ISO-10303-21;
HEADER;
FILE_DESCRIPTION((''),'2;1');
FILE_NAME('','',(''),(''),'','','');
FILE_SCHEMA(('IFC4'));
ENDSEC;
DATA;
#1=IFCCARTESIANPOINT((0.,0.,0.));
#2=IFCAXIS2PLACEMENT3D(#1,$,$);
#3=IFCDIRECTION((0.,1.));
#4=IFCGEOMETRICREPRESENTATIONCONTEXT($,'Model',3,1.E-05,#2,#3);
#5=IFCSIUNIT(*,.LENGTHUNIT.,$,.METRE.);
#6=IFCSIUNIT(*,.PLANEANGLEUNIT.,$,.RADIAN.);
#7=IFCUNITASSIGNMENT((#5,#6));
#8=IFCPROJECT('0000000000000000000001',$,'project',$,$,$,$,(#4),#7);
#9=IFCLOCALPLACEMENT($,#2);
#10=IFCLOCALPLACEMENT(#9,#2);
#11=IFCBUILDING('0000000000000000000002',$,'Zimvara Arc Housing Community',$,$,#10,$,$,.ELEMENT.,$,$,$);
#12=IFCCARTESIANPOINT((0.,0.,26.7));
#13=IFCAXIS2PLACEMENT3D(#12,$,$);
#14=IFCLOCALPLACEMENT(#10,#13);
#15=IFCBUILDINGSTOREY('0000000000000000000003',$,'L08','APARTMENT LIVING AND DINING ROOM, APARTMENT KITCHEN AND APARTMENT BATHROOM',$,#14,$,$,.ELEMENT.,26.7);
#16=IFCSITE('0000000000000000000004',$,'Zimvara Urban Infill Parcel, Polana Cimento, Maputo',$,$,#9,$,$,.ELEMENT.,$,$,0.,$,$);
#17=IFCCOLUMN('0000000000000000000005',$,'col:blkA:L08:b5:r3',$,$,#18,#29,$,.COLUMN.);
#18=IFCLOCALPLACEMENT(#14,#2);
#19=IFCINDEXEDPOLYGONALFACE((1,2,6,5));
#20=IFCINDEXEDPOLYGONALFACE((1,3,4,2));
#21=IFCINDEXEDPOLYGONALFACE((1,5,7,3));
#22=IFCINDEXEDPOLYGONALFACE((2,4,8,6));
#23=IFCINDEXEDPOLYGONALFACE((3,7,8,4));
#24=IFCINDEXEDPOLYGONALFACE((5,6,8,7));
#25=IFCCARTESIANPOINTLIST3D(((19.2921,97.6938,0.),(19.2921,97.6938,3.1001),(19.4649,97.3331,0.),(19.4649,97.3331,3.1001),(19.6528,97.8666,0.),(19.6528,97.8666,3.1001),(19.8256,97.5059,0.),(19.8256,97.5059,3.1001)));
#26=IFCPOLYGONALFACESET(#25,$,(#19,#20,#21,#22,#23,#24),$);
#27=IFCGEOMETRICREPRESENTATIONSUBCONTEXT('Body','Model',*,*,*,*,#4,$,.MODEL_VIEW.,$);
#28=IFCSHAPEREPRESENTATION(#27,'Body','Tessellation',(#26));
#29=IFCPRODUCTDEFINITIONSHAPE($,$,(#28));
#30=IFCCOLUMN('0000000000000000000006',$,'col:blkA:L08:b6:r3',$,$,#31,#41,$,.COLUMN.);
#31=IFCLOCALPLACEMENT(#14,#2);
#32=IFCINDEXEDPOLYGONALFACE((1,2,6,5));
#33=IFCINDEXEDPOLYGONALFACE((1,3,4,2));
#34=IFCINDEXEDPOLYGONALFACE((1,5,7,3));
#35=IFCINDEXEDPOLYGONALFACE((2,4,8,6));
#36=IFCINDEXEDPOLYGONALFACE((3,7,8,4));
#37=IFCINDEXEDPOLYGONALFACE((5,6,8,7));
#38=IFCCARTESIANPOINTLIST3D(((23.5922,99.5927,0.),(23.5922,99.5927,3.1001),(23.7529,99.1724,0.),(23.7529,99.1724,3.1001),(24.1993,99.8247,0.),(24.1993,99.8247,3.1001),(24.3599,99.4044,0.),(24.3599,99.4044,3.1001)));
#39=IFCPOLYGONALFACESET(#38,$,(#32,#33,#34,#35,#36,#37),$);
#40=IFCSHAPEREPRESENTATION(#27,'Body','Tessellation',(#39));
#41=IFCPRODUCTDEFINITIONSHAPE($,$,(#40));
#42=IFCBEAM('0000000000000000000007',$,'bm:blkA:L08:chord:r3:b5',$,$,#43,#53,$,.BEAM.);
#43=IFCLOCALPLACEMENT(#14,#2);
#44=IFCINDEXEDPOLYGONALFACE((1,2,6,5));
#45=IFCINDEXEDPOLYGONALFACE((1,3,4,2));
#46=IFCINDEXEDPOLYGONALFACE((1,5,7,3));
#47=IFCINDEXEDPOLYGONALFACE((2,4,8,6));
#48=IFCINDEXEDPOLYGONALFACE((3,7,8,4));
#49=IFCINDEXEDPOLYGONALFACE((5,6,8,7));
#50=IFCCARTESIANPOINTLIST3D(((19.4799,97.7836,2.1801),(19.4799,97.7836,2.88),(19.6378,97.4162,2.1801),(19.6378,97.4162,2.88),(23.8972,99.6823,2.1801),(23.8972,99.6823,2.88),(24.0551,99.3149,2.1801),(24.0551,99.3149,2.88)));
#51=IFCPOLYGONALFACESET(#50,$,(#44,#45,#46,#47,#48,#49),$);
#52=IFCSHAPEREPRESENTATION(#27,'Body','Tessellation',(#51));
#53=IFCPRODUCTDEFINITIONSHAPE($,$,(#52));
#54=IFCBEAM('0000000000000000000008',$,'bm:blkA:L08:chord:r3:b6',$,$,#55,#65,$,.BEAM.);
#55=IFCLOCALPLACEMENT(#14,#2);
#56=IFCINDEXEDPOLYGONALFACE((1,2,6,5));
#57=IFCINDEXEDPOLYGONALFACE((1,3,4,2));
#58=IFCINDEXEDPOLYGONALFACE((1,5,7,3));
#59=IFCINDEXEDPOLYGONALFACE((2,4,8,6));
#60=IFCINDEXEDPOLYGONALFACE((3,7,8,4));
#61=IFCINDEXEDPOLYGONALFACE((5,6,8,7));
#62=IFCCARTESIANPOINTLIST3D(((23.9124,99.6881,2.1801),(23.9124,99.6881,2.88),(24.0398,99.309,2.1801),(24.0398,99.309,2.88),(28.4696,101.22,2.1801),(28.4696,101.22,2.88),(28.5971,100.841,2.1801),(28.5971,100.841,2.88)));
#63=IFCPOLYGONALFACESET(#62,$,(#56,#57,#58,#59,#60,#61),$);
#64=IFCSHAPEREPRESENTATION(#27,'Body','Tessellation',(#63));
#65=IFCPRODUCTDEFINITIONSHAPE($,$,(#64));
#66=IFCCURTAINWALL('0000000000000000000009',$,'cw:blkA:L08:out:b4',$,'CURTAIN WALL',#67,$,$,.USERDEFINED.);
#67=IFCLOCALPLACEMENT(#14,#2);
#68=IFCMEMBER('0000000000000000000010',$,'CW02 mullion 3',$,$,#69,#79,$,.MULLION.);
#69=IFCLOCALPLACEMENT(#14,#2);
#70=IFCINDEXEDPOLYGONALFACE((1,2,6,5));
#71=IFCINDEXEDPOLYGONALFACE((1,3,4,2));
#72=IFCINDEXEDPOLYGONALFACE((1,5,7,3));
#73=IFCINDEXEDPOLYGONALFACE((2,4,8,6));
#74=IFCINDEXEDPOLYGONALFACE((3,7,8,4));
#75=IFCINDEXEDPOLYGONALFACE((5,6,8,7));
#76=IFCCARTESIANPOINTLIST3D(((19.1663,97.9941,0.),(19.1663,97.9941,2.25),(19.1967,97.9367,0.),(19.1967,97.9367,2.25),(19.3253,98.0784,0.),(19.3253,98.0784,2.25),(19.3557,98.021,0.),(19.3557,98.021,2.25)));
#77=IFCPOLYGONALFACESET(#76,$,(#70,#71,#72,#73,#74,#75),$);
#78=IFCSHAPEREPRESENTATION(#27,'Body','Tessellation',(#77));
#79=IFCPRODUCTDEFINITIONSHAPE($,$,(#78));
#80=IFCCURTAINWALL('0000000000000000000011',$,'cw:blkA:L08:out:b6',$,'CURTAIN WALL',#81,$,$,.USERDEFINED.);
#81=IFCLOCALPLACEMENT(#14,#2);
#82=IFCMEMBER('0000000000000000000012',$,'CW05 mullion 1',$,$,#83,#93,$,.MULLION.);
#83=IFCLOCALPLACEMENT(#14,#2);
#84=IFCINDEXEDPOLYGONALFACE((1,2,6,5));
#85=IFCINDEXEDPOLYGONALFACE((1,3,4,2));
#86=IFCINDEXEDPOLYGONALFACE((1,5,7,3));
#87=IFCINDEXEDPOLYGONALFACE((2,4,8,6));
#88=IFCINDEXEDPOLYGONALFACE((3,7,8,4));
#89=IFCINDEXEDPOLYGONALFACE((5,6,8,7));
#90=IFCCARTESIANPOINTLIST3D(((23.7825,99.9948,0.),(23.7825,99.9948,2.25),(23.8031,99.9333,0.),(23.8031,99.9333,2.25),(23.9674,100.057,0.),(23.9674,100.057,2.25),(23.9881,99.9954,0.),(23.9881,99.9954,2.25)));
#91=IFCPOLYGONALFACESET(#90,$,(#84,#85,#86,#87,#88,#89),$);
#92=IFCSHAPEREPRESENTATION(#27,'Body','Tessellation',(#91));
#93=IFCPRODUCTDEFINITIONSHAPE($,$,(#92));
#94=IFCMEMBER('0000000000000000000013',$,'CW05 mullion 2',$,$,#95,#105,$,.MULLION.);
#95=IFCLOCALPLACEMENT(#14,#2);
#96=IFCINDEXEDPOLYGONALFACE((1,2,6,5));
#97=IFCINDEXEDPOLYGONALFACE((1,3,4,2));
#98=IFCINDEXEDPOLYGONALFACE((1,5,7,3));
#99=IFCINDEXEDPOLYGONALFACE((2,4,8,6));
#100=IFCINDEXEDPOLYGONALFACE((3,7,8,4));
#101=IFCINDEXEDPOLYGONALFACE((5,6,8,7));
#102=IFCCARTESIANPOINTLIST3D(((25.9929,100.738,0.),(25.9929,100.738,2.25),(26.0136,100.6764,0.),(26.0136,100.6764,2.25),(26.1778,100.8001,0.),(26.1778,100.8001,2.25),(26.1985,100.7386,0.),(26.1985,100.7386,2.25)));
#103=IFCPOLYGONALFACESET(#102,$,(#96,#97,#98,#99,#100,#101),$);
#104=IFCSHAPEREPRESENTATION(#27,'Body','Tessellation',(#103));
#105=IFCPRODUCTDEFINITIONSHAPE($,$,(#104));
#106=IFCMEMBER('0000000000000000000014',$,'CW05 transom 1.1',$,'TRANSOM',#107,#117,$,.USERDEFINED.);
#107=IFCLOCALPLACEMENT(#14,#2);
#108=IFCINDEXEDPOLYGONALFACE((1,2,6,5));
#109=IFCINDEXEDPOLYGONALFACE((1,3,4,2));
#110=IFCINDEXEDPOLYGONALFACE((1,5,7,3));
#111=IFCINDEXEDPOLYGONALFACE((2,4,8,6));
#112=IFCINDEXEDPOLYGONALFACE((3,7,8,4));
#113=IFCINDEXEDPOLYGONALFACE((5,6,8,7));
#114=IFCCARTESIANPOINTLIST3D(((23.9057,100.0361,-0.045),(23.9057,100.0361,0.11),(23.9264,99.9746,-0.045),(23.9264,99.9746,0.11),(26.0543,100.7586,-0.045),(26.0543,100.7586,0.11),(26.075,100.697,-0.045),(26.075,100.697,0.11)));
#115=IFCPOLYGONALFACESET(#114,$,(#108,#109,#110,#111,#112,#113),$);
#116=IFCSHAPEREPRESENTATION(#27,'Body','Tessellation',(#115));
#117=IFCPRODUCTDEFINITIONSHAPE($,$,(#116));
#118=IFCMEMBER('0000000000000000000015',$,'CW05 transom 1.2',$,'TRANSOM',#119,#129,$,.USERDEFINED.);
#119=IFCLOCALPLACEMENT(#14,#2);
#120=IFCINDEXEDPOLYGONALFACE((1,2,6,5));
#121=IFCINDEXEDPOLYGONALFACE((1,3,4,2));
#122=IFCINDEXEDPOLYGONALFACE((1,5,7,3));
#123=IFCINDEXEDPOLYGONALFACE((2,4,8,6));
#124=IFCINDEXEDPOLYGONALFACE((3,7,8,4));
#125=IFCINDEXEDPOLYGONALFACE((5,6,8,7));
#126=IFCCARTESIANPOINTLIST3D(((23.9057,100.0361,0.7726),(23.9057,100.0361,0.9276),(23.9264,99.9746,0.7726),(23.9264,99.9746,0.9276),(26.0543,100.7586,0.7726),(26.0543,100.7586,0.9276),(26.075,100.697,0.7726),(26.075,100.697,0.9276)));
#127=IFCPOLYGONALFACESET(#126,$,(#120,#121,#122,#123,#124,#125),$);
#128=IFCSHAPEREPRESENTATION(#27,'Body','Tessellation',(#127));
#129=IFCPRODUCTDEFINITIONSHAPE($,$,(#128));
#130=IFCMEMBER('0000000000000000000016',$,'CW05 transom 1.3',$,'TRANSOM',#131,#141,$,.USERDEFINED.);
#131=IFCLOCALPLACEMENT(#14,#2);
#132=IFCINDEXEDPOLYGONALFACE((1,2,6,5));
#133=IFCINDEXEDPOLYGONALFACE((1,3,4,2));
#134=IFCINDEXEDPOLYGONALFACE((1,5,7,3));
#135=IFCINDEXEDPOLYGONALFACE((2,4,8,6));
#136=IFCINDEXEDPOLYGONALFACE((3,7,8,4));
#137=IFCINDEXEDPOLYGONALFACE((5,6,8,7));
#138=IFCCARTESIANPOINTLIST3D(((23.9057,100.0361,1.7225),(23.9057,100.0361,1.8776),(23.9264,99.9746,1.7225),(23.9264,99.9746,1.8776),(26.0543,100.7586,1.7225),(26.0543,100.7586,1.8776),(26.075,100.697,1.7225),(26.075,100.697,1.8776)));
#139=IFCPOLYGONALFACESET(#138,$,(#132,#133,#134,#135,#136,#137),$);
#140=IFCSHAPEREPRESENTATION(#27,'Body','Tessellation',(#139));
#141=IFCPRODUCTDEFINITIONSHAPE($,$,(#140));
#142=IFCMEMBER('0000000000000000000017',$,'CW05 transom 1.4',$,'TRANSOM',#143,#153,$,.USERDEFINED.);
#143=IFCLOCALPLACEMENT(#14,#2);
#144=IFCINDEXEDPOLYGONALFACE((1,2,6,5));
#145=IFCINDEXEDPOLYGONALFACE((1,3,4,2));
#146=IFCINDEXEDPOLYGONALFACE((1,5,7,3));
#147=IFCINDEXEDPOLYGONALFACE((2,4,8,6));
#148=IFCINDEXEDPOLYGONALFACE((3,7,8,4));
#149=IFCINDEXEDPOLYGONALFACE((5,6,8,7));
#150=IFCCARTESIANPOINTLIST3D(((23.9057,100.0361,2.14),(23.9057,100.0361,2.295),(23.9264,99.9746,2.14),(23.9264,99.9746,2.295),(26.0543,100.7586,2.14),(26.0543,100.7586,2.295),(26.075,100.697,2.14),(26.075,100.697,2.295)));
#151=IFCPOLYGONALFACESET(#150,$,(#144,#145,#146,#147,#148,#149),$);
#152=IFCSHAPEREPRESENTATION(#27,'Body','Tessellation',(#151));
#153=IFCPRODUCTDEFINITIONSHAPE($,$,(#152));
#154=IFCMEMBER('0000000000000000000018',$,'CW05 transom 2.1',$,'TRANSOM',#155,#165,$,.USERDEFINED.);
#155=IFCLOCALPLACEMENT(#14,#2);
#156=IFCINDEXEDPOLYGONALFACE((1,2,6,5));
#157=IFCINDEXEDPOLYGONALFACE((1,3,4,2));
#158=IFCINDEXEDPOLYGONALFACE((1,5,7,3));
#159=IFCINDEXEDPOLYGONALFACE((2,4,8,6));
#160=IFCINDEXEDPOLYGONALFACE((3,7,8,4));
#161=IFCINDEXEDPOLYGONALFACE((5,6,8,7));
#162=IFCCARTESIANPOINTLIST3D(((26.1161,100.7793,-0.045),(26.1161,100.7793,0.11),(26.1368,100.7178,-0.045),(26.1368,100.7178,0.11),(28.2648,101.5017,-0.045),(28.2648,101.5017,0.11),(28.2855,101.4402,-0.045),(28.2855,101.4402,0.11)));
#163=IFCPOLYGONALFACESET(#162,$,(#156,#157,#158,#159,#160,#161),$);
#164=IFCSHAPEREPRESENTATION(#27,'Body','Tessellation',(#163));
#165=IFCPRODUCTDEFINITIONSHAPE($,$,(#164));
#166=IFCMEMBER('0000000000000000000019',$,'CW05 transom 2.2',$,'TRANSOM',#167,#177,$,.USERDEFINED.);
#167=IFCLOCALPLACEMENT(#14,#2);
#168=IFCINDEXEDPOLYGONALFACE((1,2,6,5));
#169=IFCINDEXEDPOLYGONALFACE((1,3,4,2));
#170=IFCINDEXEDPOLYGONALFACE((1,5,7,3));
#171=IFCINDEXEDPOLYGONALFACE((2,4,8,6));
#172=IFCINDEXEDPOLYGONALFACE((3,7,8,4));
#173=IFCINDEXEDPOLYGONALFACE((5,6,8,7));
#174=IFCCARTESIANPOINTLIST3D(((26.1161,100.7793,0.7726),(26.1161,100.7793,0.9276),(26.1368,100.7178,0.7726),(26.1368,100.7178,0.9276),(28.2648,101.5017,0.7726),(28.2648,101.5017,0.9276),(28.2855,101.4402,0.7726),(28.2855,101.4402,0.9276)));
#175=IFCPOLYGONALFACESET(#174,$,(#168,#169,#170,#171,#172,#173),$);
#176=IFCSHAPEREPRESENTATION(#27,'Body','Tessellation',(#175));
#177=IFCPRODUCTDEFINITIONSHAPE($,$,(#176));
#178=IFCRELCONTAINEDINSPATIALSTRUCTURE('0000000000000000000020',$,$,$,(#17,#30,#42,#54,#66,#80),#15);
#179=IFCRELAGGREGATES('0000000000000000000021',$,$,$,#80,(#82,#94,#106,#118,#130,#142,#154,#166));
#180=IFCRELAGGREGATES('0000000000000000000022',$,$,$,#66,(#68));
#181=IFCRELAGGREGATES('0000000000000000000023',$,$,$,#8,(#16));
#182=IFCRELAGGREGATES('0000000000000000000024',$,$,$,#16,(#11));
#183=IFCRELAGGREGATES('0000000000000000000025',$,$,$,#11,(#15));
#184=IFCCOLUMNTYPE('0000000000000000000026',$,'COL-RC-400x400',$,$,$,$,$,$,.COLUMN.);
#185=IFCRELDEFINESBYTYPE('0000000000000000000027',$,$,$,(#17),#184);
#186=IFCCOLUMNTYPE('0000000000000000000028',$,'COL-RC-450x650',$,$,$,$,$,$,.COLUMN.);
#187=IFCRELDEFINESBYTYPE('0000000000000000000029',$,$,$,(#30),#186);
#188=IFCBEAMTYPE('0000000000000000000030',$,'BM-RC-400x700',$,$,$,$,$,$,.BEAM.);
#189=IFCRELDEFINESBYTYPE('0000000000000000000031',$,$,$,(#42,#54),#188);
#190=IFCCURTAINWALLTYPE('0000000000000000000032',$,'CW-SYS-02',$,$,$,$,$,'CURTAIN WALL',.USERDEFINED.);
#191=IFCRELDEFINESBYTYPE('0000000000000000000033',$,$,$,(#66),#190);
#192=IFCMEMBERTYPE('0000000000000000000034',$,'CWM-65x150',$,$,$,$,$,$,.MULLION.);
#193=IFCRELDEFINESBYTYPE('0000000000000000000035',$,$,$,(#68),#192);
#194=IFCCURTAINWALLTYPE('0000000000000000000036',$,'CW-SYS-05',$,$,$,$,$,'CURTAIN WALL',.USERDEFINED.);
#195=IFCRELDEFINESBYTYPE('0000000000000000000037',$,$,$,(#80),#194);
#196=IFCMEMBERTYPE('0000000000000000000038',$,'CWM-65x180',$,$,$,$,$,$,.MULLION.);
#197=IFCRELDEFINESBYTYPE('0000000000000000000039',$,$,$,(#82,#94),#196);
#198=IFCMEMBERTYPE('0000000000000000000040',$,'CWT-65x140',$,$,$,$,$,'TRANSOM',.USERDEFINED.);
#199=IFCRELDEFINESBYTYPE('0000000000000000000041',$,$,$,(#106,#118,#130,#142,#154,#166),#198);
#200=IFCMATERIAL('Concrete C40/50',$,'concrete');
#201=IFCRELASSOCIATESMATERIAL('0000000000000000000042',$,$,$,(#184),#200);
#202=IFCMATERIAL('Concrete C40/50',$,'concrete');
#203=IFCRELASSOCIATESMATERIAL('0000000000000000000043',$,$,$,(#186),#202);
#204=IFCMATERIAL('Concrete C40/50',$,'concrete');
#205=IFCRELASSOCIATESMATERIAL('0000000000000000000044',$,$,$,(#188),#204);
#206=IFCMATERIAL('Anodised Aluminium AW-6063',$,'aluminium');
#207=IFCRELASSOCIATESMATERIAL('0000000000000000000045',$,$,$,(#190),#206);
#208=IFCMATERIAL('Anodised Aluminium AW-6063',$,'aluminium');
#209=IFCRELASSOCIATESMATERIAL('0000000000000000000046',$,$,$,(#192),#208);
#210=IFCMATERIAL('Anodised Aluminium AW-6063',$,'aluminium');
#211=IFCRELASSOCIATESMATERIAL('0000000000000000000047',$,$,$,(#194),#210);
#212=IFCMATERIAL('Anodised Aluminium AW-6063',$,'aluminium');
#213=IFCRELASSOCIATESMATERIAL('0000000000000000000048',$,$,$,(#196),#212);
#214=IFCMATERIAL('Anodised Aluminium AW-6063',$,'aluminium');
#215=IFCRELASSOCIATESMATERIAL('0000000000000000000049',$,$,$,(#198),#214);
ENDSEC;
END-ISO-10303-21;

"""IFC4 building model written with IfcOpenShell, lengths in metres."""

from ifc_helpers import new_model, si_unit, direction, frame, origin, origin_2d, place, context, subcontext, project, spatial, rectangle, extrude, material, material_profile, profile_set, type_object, element, aggregate, save


model = new_model("IFC4")

# Units and contexts
model_context = context("Model", 3, precision=1e-05, world=origin(), true_north=direction((0.0, 1.0)))
body_context = subcontext(model_context, "Body", "Model", "MODEL_VIEW")
ifc_project = project(units=[si_unit("LENGTHUNIT", "METRE"), si_unit("PLANEANGLEUNIT", "RADIAN")], contexts=[model_context])

# Site, building, storey
site_placement = place(None, origin())
site = spatial("IfcSite", under=ifc_project, at=site_placement, Name="Zimvara Urban Infill Parcel, Polana Cimento, Maputo", CompositionType="ELEMENT", RefElevation=0.0)
building_placement = place(site_placement, origin())
building = spatial("IfcBuilding", under=site, at=building_placement, Name="Zimvara Arc Housing Community", CompositionType="ELEMENT")
storey_placement = place(building_placement, frame((0.0, 0.0, 26.7)))
storey = spatial("IfcBuildingStorey", under=building, at=storey_placement, Name="L08", Description="APARTMENT LIVING AND DINING ROOM, APARTMENT KITCHEN AND APARTMENT BATHROOM", CompositionType="ELEMENT", Elevation=26.7)

# Columns
ifc_material_1 = material(Name="Concrete C40/50", Category="concrete")
ifc_material_profile_1 = material_profile(ifc_material_1, rectangle(XDim=0.3999, YDim=0.3999, at=origin_2d()), Name="RC 400x400")
ifc_profile_set_1 = profile_set([ifc_material_profile_1], Name="Concrete C40/50")
column_type_1 = type_object("IfcColumnType", Name="COL-RC-400x400", PredefinedType="COLUMN", material=ifc_profile_set_1)
column_1_placement = place(storey_placement, frame((19.5588, 97.5999, 0.0), z_axis=(0.0, 0.0, 1.0), x_axis=(-0.432086, 0.901833, 0.0)))
element("IfcColumn", 1, at=column_1_placement, inside=storey, type_object=column_type_1, Name="col:blkA:L08:b5:r3", PredefinedType="COLUMN", context=body_context, shape_type="SweptSolid", body=[
    extrude(rectangle(XDim=0.3999, YDim=0.3999, at=origin_2d()), origin(), (0.0, 0.0, 1.0), 3.1001),
])
ifc_material_2 = material(Name="Concrete C40/50", Category="concrete")
ifc_material_profile_2 = material_profile(ifc_material_2, rectangle(XDim=0.45, YDim=0.6499, at=origin_2d()), Name="RC 450x650")
ifc_profile_set_2 = profile_set([ifc_material_profile_2], Name="Concrete C40/50")
column_type_2 = type_object("IfcColumnType", Name="COL-RC-450x650", PredefinedType="COLUMN", material=ifc_profile_set_2)
column_2_placement = place(storey_placement, frame((23.9761, 99.4985, 0.0), z_axis=(0.0, 0.0, 1.0), x_axis=(-0.357064, 0.93408, 0.0)))
element("IfcColumn", 2, at=column_2_placement, inside=storey, type_object=column_type_2, Name="col:blkA:L08:b6:r3", PredefinedType="COLUMN", context=body_context, shape_type="SweptSolid", body=[
    extrude(rectangle(XDim=0.45, YDim=0.6499, at=origin_2d()), origin(), (0.0, 0.0, 1.0), 3.1001),
])

# Beams
ifc_material_3 = material(Name="Concrete C40/50", Category="concrete")
ifc_material_profile_3 = material_profile(ifc_material_3, rectangle(XDim=0.3999, YDim=0.7, at=origin_2d()), Name="RC 400x700")
ifc_profile_set_3 = profile_set([ifc_material_profile_3], Name="Concrete C40/50")
beam_type = type_object("IfcBeamType", Name="BM-RC-400x700", PredefinedType="BEAM", material=ifc_profile_set_3)
beam_1_placement = place(storey_placement, frame((19.5588, 97.5999, 2.53), z_axis=(0.918724, 0.3949, 0.0), x_axis=(-0.3949, 0.918724, 0.0)))
element("IfcBeam", 3, at=beam_1_placement, inside=storey, type_object=beam_type, Name="bm:blkA:L08:chord:r3:b5", PredefinedType="BEAM", context=body_context, shape_type="SweptSolid", body=[
    extrude(rectangle(XDim=0.3999, YDim=0.7, at=origin_2d()), origin(), (0.0, 0.0, 1.0), 4.8081),
])
beam_2_placement = place(storey_placement, frame((23.9761, 99.4985, 2.53), z_axis=(0.947878, 0.318634, 0.0), x_axis=(-0.318634, 0.947878, 0.0)))
element("IfcBeam", 4, at=beam_2_placement, inside=storey, type_object=beam_type, Name="bm:blkA:L08:chord:r3:b6", PredefinedType="BEAM", context=body_context, shape_type="SweptSolid", body=[
    extrude(rectangle(XDim=0.3999, YDim=0.7, at=origin_2d()), origin(), (0.0, 0.0, 1.0), 4.8079),
])

# Curtain wall, member
ifc_material_4 = material(Name="Anodised Aluminium AW-6063", Category="aluminium")
curtain_wall_type_1 = type_object("IfcCurtainWallType", Name="CW-SYS-02", ElementType="CURTAIN WALL", PredefinedType="USERDEFINED", material=ifc_material_4)
curtain_wall_1_placement = place(storey_placement, origin())
curtain_wall_1 = element("IfcCurtainWall", 5, at=curtain_wall_1_placement, inside=storey, type_object=curtain_wall_type_1, Name="cw:blkA:L08:out:b4", ObjectType="CURTAIN WALL", PredefinedType="USERDEFINED")
ifc_material_5 = material(Name="Anodised Aluminium AW-6063", Category="aluminium")
ifc_material_profile_4 = material_profile(ifc_material_5, rectangle(XDim=0.0649, YDim=0.1799, at=origin_2d()), Name="ALU 65x180")
ifc_profile_set_4 = profile_set([ifc_material_profile_4], Name="Anodised Aluminium AW-6063")
member_type_1 = type_object("IfcMemberType", Name="CWM-65x150", PredefinedType="MULLION", material=ifc_profile_set_4)
member_1_placement = place(storey_placement, frame((19.261, 98.0076, 0.0), z_axis=(0.0, 0.0, 1.0), x_axis=(-0.468547, 0.883439, 0.0)))
member_1 = element("IfcMember", 6, at=member_1_placement, type_object=member_type_1, Name="CW02 mullion 3", PredefinedType="MULLION", context=body_context, shape_type="SweptSolid", body=[
    extrude(rectangle(XDim=0.0649, YDim=0.1799, at=origin_2d()), origin(), (0.0, 0.0, 1.0), 2.25),
])

# Curtain wall, members
ifc_material_6 = material(Name="Anodised Aluminium AW-6063", Category="aluminium")
curtain_wall_type_2 = type_object("IfcCurtainWallType", Name="CW-SYS-05", ElementType="CURTAIN WALL", PredefinedType="USERDEFINED", material=ifc_material_6)
curtain_wall_2_placement = place(storey_placement, origin())
curtain_wall_2 = element("IfcCurtainWall", 7, at=curtain_wall_2_placement, inside=storey, type_object=curtain_wall_type_2, Name="cw:blkA:L08:out:b6", ObjectType="CURTAIN WALL", PredefinedType="USERDEFINED")
ifc_material_7 = material(Name="Anodised Aluminium AW-6063", Category="aluminium")
ifc_material_profile_5 = material_profile(ifc_material_7, rectangle(XDim=0.0649, YDim=0.1951, at=origin_2d()), Name="ALU 65x195")
ifc_profile_set_5 = profile_set([ifc_material_profile_5], Name="Anodised Aluminium AW-6063")
member_type_2 = type_object("IfcMemberType", Name="CWM-65x180", PredefinedType="MULLION", material=ifc_profile_set_5)
member_2_placement = place(storey_placement, frame((23.8853, 99.9951, 0.0), z_axis=(0.0, 0.0, 1.0), x_axis=(-0.318629, 0.94788, 0.0)))
member_2 = element("IfcMember", 8, at=member_2_placement, type_object=member_type_2, Name="CW05 mullion 1", PredefinedType="MULLION", context=body_context, shape_type="SweptSolid", body=[
    extrude(rectangle(XDim=0.0649, YDim=0.1951, at=origin_2d()), origin(), (0.0, 0.0, 1.0), 2.25),
])
member_3_placement = place(storey_placement, frame((26.0957, 100.7383, 0.0), z_axis=(0.0, 0.0, 1.0), x_axis=(-0.318629, 0.94788, 0.0)))
member_3 = element("IfcMember", 9, at=member_3_placement, type_object=member_type_2, Name="CW05 mullion 2", PredefinedType="MULLION", context=body_context, shape_type="SweptSolid", body=[
    extrude(rectangle(XDim=0.0649, YDim=0.1951, at=origin_2d()), origin(), (0.0, 0.0, 1.0), 2.25),
])
ifc_material_8 = material(Name="Anodised Aluminium AW-6063", Category="aluminium")
ifc_material_profile_6 = material_profile(ifc_material_8, rectangle(XDim=0.0649, YDim=0.155, at=origin_2d()), Name="ALU 65x155")
ifc_profile_set_6 = profile_set([ifc_material_profile_6], Name="Anodised Aluminium AW-6063")
member_type_3 = type_object("IfcMemberType", Name="CWT-65x140", ElementType="TRANSOM", PredefinedType="USERDEFINED", material=ifc_profile_set_6)
member_4_placement = place(storey_placement, frame((23.916, 100.0054, 0.0325), z_axis=(0.947862, 0.318682, 0.0), x_axis=(-0.318682, 0.947862, 0.0)))
member_4 = element("IfcMember", 10, at=member_4_placement, type_object=member_type_3, Name="CW05 transom 1.1", ObjectType="TRANSOM", PredefinedType="USERDEFINED", context=body_context, shape_type="SweptSolid", body=[
    extrude(rectangle(XDim=0.0649, YDim=0.155, at=origin_2d()), origin(), (0.0, 0.0, 1.0), 2.2668),
])
member_5_placement = place(storey_placement, frame((23.916, 100.0054, 0.8501), z_axis=(0.947862, 0.318682, 0.0), x_axis=(-0.318682, 0.947862, 0.0)))
member_5 = element("IfcMember", 11, at=member_5_placement, type_object=member_type_3, Name="CW05 transom 1.2", ObjectType="TRANSOM", PredefinedType="USERDEFINED", context=body_context, shape_type="SweptSolid", body=[
    extrude(rectangle(XDim=0.0649, YDim=0.155, at=origin_2d()), origin(), (0.0, 0.0, 1.0), 2.2668),
])
member_6_placement = place(storey_placement, frame((23.916, 100.0054, 1.8), z_axis=(0.947862, 0.318682, 0.0), x_axis=(-0.318682, 0.947862, 0.0)))
member_6 = element("IfcMember", 12, at=member_6_placement, type_object=member_type_3, Name="CW05 transom 1.3", ObjectType="TRANSOM", PredefinedType="USERDEFINED", context=body_context, shape_type="SweptSolid", body=[
    extrude(rectangle(XDim=0.0649, YDim=0.155, at=origin_2d()), origin(), (0.0, 0.0, 1.0), 2.2668),
])
member_7_placement = place(storey_placement, frame((23.916, 100.0054, 2.2175), z_axis=(0.947862, 0.318682, 0.0), x_axis=(-0.318682, 0.947862, 0.0)))
member_7 = element("IfcMember", 13, at=member_7_placement, type_object=member_type_3, Name="CW05 transom 1.4", ObjectType="TRANSOM", PredefinedType="USERDEFINED", context=body_context, shape_type="SweptSolid", body=[
    extrude(rectangle(XDim=0.0649, YDim=0.155, at=origin_2d()), origin(), (0.0, 0.0, 1.0), 2.2668),
])
member_8_placement = place(storey_placement, frame((26.1265, 100.7485, 0.0325), z_axis=(0.947862, 0.318682, 0.0), x_axis=(-0.318682, 0.947862, 0.0)))
member_8 = element("IfcMember", 14, at=member_8_placement, type_object=member_type_3, Name="CW05 transom 2.1", ObjectType="TRANSOM", PredefinedType="USERDEFINED", context=body_context, shape_type="SweptSolid", body=[
    extrude(rectangle(XDim=0.0649, YDim=0.155, at=origin_2d()), origin(), (0.0, 0.0, 1.0), 2.2668),
])
member_9_placement = place(storey_placement, frame((26.1265, 100.7485, 0.8501), z_axis=(0.947862, 0.318682, 0.0), x_axis=(-0.318682, 0.947862, 0.0)))
member_9 = element("IfcMember", 15, at=member_9_placement, type_object=member_type_3, Name="CW05 transom 2.2", ObjectType="TRANSOM", PredefinedType="USERDEFINED", context=body_context, shape_type="SweptSolid", body=[
    extrude(rectangle(XDim=0.0649, YDim=0.155, at=origin_2d()), origin(), (0.0, 0.0, 1.0), 2.2668),
])
aggregate(curtain_wall_2, [member_2, member_3, member_4, member_5, member_6, member_7, member_8, member_9])

aggregate(curtain_wall_1, [member_1])

save(model, "model.ifc")
